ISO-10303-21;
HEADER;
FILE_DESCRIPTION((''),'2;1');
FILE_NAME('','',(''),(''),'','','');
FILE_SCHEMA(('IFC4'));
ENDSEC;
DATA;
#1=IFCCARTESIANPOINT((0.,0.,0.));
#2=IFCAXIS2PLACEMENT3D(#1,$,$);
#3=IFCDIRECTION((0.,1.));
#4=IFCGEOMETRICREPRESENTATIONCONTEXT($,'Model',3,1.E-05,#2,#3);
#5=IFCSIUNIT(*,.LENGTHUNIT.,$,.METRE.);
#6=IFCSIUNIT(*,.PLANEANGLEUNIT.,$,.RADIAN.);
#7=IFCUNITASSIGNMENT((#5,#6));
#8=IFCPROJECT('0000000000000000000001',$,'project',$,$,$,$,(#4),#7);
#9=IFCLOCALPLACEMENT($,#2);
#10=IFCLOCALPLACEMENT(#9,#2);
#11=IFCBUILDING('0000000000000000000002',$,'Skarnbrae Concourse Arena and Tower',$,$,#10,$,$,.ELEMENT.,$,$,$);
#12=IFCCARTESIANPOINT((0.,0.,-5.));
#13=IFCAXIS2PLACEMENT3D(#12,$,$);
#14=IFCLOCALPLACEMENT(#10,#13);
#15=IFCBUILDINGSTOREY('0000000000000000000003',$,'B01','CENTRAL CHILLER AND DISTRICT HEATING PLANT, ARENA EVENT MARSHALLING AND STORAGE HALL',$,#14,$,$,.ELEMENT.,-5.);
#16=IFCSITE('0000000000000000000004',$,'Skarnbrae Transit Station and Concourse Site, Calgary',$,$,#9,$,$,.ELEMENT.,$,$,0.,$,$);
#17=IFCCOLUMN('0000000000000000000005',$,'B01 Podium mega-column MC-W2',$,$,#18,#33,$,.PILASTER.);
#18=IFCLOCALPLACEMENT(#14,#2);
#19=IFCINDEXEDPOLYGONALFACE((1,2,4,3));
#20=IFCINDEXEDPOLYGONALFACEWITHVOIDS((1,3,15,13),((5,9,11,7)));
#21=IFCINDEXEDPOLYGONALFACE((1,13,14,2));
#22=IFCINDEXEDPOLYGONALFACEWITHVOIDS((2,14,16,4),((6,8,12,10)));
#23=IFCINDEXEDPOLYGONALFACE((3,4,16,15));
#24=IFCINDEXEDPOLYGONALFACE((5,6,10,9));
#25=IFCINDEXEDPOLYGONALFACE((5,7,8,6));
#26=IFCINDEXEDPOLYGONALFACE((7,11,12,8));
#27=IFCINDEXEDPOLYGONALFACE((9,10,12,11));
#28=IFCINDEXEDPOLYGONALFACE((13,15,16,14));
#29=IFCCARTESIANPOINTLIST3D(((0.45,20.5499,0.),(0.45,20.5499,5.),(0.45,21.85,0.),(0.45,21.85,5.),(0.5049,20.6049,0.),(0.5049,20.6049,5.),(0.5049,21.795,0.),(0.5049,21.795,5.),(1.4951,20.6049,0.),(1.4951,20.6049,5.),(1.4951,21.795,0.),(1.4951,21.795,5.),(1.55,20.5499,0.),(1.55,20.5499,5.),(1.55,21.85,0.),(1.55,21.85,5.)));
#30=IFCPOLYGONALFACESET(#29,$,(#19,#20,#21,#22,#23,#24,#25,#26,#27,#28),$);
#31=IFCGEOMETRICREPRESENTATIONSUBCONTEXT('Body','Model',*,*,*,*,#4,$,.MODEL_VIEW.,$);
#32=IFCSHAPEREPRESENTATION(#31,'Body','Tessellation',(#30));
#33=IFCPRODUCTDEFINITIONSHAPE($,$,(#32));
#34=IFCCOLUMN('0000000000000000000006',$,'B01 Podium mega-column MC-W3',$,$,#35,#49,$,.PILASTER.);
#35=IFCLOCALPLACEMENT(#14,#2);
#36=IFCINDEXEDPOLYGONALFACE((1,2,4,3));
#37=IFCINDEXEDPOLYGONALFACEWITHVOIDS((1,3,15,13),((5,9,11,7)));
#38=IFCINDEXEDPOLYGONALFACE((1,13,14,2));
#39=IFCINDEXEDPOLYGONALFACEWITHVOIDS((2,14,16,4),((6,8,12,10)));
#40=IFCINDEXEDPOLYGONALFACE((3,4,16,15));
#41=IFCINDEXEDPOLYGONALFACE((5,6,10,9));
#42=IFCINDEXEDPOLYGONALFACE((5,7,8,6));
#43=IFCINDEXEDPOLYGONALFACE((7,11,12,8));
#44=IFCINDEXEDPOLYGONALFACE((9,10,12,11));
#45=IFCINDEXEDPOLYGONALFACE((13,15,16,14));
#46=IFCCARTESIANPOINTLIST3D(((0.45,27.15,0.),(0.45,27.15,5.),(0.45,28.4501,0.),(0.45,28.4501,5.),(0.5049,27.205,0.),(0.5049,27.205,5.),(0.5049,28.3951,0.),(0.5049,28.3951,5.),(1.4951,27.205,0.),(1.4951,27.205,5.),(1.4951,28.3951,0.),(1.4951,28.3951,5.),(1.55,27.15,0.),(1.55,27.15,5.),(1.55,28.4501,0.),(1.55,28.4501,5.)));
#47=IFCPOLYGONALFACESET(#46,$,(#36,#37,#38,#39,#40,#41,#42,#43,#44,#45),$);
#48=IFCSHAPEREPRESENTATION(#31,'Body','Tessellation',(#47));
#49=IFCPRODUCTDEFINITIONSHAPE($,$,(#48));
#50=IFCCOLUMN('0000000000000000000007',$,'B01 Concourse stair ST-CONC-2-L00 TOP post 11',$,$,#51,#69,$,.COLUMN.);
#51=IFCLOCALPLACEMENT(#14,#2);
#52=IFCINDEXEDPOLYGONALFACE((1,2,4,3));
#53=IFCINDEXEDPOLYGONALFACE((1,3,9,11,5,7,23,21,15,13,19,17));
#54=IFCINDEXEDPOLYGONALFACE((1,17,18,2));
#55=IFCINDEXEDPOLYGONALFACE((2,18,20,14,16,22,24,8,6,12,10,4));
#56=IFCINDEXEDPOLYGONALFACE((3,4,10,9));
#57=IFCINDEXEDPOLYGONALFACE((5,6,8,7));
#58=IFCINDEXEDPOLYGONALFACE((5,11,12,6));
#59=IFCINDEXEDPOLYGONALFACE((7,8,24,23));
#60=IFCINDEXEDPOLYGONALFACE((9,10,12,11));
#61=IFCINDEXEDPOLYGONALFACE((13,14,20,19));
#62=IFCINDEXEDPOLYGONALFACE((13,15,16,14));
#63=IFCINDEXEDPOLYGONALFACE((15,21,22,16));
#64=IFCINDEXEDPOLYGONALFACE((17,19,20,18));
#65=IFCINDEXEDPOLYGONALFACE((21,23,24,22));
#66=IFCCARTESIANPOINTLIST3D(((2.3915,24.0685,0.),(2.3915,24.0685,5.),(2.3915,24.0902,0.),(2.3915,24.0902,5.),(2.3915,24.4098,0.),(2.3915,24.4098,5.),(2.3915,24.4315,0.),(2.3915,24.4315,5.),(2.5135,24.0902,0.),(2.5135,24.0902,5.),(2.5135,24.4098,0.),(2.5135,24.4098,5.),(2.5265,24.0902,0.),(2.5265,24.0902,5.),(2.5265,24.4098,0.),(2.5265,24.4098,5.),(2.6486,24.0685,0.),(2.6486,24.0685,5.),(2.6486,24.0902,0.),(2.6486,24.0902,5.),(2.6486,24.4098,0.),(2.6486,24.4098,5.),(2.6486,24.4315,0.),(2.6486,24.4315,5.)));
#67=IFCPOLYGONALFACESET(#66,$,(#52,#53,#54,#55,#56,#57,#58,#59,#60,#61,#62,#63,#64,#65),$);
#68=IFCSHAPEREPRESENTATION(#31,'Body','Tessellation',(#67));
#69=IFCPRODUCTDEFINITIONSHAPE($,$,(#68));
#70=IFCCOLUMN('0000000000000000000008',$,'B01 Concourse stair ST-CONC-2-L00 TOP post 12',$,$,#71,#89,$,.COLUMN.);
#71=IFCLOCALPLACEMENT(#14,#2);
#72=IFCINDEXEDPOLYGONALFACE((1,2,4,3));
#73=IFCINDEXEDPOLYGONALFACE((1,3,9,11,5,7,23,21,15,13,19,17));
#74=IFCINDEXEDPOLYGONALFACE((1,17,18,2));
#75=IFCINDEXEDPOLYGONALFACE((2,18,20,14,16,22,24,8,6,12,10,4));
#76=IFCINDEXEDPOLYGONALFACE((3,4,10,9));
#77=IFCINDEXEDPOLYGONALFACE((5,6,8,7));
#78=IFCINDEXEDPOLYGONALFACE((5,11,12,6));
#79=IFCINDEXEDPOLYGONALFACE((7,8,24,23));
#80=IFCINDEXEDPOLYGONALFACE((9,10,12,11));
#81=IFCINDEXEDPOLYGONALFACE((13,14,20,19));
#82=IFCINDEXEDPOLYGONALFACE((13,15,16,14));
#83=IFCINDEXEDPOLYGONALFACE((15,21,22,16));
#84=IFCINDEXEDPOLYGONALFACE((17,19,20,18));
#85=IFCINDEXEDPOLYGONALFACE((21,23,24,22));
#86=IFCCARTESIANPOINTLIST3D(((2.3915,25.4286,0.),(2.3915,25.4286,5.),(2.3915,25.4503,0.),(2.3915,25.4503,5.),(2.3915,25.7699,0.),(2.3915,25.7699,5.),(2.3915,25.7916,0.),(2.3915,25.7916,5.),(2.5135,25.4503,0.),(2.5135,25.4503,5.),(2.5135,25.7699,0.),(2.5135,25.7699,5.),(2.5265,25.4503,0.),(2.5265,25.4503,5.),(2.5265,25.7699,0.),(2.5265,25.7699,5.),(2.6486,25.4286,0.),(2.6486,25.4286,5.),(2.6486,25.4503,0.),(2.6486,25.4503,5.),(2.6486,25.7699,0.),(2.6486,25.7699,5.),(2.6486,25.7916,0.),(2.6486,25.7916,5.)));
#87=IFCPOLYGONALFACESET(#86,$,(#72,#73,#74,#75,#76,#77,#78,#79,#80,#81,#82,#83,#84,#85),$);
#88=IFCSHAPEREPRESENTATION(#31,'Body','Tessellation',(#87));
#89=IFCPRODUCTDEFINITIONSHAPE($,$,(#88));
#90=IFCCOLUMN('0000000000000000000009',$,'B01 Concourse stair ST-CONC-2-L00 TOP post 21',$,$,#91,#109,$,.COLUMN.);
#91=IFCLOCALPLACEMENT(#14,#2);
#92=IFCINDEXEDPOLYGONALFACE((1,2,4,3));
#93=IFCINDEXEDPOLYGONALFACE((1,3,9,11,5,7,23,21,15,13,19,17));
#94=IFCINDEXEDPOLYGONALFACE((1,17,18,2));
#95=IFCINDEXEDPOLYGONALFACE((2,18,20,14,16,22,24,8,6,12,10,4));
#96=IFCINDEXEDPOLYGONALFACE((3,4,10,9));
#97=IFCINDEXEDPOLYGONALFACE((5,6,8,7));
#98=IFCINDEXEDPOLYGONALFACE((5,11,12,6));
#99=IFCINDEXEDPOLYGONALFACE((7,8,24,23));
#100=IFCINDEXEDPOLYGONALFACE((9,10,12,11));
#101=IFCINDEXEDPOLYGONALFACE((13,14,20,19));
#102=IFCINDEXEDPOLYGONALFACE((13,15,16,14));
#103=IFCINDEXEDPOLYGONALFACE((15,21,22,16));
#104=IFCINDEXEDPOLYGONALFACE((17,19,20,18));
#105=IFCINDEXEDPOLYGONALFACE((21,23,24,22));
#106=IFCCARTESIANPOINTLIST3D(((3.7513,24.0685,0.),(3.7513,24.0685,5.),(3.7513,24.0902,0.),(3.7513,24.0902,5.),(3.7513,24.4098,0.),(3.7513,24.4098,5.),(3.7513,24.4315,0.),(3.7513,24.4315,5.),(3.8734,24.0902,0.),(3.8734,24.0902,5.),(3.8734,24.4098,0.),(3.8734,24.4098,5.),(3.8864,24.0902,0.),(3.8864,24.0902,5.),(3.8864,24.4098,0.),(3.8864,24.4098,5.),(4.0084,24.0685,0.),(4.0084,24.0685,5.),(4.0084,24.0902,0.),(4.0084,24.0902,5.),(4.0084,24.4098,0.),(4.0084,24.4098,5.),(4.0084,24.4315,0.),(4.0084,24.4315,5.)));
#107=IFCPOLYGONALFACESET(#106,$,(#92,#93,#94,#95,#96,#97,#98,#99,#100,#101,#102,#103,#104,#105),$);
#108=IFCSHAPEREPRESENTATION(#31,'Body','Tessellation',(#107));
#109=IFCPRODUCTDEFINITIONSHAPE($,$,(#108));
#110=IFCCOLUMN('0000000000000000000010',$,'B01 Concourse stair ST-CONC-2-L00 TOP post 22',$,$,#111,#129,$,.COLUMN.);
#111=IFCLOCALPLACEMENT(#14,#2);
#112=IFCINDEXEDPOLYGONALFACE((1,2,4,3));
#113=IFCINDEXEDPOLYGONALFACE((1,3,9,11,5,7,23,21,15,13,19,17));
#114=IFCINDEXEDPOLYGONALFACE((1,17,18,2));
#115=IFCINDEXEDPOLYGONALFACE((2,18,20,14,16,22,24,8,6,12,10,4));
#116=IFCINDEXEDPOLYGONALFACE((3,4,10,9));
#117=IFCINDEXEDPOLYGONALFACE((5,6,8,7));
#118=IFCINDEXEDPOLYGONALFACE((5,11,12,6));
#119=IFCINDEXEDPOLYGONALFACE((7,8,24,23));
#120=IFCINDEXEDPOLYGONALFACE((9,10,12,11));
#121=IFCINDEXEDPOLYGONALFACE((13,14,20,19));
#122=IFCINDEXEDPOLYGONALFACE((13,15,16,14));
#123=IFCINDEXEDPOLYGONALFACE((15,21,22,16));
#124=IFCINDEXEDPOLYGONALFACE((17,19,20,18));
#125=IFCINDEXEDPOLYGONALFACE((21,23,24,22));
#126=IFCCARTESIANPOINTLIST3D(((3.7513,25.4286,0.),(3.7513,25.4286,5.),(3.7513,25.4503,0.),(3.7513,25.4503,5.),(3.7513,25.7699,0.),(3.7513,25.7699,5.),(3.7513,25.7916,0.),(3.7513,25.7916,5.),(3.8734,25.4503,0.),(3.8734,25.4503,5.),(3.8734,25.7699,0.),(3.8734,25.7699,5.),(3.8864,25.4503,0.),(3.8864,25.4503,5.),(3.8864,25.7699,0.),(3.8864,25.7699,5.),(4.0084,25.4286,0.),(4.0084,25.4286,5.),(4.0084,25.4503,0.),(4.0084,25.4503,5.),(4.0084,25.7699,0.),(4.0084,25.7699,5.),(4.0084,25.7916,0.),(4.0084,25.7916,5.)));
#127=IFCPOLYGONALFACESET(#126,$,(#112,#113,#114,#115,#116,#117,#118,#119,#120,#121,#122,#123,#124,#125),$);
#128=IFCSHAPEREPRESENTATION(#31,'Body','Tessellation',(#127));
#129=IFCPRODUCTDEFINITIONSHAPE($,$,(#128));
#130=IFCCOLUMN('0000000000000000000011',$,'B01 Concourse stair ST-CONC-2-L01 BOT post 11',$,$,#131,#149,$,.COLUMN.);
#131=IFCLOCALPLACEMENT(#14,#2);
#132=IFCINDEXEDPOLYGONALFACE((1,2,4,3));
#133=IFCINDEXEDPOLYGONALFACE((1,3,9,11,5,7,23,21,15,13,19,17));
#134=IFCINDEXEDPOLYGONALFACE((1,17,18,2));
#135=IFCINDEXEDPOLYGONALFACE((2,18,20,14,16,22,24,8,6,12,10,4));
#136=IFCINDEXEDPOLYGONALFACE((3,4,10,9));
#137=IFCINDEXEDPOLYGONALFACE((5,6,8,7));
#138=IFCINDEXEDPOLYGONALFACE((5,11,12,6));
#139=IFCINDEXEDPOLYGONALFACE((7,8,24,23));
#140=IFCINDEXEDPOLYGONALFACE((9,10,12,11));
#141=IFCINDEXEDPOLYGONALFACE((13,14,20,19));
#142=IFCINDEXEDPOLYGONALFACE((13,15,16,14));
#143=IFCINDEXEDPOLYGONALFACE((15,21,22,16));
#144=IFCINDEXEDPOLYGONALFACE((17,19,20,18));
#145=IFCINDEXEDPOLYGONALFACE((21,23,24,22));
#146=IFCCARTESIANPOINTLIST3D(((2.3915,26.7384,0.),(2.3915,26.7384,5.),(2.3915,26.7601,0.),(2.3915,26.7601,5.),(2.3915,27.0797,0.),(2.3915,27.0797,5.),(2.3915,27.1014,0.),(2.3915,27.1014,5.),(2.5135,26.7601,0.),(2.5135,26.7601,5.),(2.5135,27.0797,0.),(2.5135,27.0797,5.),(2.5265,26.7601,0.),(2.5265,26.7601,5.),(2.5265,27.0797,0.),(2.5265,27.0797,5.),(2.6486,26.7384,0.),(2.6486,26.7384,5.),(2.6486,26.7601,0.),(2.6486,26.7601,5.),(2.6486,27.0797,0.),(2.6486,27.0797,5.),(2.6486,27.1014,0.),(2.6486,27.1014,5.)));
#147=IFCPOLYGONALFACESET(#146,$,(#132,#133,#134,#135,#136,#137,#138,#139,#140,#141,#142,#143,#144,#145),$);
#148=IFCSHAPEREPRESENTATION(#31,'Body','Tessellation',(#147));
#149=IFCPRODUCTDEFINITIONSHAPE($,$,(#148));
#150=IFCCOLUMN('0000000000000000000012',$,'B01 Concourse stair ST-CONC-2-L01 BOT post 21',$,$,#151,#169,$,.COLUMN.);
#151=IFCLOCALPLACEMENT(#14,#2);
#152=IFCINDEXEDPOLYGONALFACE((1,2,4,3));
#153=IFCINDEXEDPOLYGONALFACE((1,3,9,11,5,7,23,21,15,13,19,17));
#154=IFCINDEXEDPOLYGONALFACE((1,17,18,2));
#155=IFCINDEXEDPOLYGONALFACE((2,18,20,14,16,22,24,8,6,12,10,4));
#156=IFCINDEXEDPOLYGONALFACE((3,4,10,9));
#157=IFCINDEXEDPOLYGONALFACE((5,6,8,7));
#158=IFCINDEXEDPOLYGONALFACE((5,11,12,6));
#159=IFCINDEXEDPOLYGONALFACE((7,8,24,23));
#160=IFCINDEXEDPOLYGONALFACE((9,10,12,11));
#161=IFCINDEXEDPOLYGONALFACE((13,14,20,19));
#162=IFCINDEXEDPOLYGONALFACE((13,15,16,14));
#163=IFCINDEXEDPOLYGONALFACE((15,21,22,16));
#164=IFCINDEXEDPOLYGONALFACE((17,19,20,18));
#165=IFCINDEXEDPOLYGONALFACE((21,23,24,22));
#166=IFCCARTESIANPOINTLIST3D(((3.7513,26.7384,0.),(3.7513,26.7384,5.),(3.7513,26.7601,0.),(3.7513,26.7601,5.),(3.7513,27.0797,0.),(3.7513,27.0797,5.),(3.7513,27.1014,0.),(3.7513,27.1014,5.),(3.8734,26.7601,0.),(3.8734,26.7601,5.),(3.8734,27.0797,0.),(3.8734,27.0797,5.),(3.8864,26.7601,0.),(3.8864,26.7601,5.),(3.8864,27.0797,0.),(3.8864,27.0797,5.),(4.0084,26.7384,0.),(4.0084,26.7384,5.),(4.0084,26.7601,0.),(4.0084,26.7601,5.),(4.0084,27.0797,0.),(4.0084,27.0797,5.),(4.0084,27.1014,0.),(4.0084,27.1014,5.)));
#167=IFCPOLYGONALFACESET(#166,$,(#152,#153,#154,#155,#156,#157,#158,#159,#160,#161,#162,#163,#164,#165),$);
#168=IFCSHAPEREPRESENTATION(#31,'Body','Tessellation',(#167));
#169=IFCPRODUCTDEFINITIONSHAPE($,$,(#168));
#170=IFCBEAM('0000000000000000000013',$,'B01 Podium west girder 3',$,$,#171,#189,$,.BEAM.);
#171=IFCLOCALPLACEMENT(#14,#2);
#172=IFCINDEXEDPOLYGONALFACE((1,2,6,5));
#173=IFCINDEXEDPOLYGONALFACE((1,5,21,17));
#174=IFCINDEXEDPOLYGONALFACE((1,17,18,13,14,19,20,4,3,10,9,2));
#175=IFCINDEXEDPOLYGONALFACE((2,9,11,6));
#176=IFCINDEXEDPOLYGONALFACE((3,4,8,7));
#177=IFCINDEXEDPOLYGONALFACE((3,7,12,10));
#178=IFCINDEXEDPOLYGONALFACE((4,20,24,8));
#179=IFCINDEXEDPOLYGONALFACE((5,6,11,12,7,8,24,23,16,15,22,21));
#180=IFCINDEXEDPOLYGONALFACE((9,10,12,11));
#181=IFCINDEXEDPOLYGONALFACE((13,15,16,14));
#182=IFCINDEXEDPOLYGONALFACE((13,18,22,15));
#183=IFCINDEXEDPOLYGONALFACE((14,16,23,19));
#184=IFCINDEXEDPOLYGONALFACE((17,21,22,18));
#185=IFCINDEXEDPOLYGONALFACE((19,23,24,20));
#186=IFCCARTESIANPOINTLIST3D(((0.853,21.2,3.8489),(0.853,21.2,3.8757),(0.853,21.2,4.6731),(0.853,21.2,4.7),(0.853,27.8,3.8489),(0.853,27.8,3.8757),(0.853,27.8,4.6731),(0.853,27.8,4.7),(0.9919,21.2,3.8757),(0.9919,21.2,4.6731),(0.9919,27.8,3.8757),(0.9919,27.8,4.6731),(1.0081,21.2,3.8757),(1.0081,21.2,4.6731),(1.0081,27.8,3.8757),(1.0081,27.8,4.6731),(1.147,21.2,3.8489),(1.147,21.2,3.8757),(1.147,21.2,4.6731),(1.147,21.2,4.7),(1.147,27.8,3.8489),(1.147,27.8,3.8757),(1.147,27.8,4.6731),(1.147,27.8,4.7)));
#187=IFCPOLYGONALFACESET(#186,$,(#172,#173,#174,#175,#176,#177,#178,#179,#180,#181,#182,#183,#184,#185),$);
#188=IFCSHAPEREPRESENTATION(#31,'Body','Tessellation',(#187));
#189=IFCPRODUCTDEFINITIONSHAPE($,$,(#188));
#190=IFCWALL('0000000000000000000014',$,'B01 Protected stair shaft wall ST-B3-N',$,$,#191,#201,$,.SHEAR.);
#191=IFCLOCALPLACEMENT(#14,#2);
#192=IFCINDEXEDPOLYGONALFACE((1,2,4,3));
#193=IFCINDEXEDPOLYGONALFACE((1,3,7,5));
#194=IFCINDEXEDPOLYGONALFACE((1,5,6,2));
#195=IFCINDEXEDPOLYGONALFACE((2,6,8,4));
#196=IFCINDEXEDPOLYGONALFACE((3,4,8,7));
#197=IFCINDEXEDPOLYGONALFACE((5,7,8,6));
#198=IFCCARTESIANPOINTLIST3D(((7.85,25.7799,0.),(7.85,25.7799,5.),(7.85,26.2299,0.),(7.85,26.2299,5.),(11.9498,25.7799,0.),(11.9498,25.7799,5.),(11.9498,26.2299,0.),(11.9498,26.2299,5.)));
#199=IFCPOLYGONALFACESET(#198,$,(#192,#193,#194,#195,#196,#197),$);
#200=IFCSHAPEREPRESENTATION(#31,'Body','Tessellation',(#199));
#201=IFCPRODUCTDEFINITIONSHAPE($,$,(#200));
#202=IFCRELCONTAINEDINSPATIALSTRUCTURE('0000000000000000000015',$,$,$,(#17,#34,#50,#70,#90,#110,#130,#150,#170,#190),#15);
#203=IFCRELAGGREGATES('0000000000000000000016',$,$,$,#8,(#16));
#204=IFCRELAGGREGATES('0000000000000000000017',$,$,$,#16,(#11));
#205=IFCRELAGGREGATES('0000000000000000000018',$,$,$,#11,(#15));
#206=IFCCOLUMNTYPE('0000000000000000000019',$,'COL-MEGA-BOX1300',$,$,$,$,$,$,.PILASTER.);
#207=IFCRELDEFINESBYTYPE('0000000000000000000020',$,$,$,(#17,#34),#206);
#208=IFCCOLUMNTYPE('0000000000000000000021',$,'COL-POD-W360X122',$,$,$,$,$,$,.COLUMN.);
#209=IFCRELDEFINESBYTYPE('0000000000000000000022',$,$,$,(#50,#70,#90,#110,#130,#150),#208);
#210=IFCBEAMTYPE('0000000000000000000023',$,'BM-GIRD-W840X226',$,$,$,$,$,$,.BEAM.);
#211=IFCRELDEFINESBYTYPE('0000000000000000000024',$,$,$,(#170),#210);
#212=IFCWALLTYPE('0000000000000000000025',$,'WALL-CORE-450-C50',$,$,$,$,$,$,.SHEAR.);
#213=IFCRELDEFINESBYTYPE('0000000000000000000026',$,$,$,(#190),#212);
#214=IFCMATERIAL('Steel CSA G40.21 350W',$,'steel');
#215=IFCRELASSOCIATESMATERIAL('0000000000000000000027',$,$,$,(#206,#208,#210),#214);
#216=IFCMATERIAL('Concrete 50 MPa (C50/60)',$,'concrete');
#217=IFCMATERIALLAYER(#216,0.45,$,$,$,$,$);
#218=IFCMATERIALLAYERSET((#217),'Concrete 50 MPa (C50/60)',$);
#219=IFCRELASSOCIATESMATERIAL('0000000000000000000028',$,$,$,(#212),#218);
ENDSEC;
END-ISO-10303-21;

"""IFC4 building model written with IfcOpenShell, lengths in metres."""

from ifc_helpers import new_model, si_unit, direction, frame, frame_2d, origin, origin_2d, place, context, subcontext, project, spatial, rectangle, hollow_rectangle, i_section, extrude, source, transform, mapped, material, layer, layer_set, material_profile, profile_set, type_object, element, save


model = new_model("IFC4")

# Units and contexts
model_context = context("Model", 3, precision=1e-05, world=origin(), true_north=direction((0.0, 1.0)))
body_context = subcontext(model_context, "Body", "Model", "MODEL_VIEW")
ifc_project = project(units=[si_unit("LENGTHUNIT", "METRE"), si_unit("PLANEANGLEUNIT", "RADIAN")], contexts=[model_context])

# Site, building, storey
site_placement = place(None, origin())
site = spatial("IfcSite", under=ifc_project, at=site_placement, Name="Skarnbrae Transit Station and Concourse Site, Calgary", CompositionType="ELEMENT", RefElevation=0.0)
building_placement = place(site_placement, origin())
building = spatial("IfcBuilding", under=site, at=building_placement, Name="Skarnbrae Concourse Arena and Tower", CompositionType="ELEMENT")
storey_placement = place(building_placement, frame((0.0, 0.0, -5.0)))
storey = spatial("IfcBuildingStorey", under=building, at=storey_placement, Name="B01", Description="CENTRAL CHILLER AND DISTRICT HEATING PLANT, ARENA EVENT MARSHALLING AND STORAGE HALL", CompositionType="ELEMENT", Elevation=-5.0)

# Columns
ifc_material_1 = material(Name="Steel CSA G40.21 350W", Category="steel")
ifc_material_profile_1 = material_profile(ifc_material_1, hollow_rectangle(XDim=1.1001, YDim=1.3, WallThickness=0.0549, at=origin_2d()), Name="BOX1300X1100X55")
ifc_profile_set_1 = profile_set([ifc_material_profile_1], Name="Steel CSA G40.21 350W")
column_type_1 = type_object("IfcColumnType", Name="COL-MEGA-BOX1300", PredefinedType="PILASTER", material=ifc_profile_set_1)
shared_shape_1 = source(origin(), body_context, "Body", "SweptSolid", [
    extrude(hollow_rectangle(XDim=1.1001, YDim=1.3, WallThickness=0.0549, at=origin_2d()), origin(), (0.0, 0.0, 1.0), 5.0),
])
for number, where, z_axis, x_axis, name in (
    (1, (1.0, 21.2, 0.0), (0.0, 0.0, 1.0), (1.0, 0.0, 0.0), "B01 Podium mega-column MC-W2"),
    (2, (1.0, 27.8, 0.0), (0.0, 0.0, 1.0), (1.0, 0.0, 0.0), "B01 Podium mega-column MC-W3"),
):
    element("IfcColumn", number, at=place(storey_placement, frame(where, z_axis=z_axis, x_axis=x_axis)), inside=storey, type_object=column_type_1, Name=name, PredefinedType="PILASTER", context=body_context, shape_type="MappedRepresentation", body=[
        mapped(shared_shape_1, transform((0.0, 0.0, 0.0))),
    ])
ifc_material_profile_2 = material_profile(ifc_material_1, i_section(OverallWidth=0.2571, OverallDepth=0.363, WebThickness=0.0129, FlangeThickness=0.0217, at=origin_2d()), Name="W360X122")
ifc_profile_set_2 = profile_set([ifc_material_profile_2], Name="Steel CSA G40.21 350W")
column_type_2 = type_object("IfcColumnType", Name="COL-POD-W360X122", PredefinedType="COLUMN", material=ifc_profile_set_2)
shared_shape_2 = source(origin(), body_context, "Body", "SweptSolid", [
    extrude(i_section(OverallWidth=0.2571, OverallDepth=0.363, WebThickness=0.0129, FlangeThickness=0.0217, at=origin_2d()), origin(), (0.0, 0.0, 1.0), 5.0),
])
for number, where, z_axis, x_axis, name in (
    (3, (2.52, 24.25, 0.0), (0.0, 0.0, 1.0), (1.0, 0.0, 0.0), "B01 Concourse stair ST-CONC-2-L00 TOP post 11"),
    (4, (2.52, 25.6101, 0.0), (0.0, 0.0, 1.0), (1.0, 0.0, 0.0), "B01 Concourse stair ST-CONC-2-L00 TOP post 12"),
    (5, (3.8799, 24.25, 0.0), (0.0, 0.0, 1.0), (1.0, 0.0, 0.0), "B01 Concourse stair ST-CONC-2-L00 TOP post 21"),
    (6, (3.8799, 25.6101, 0.0), (0.0, 0.0, 1.0), (1.0, 0.0, 0.0), "B01 Concourse stair ST-CONC-2-L00 TOP post 22"),
    (7, (2.52, 26.9199, 0.0), (0.0, 0.0, 1.0), (1.0, 0.0, 0.0), "B01 Concourse stair ST-CONC-2-L01 BOT post 11"),
    (8, (3.8799, 26.9199, 0.0), (0.0, 0.0, 1.0), (1.0, 0.0, 0.0), "B01 Concourse stair ST-CONC-2-L01 BOT post 21"),
):
    element("IfcColumn", number, at=place(storey_placement, frame(where, z_axis=z_axis, x_axis=x_axis)), inside=storey, type_object=column_type_2, Name=name, PredefinedType="COLUMN", context=body_context, shape_type="MappedRepresentation", body=[
        mapped(shared_shape_2, transform((0.0, 0.0, 0.0))),
    ])

# Beam
ifc_material_profile_3 = material_profile(ifc_material_1, i_section(OverallWidth=0.2939, OverallDepth=0.8511, WebThickness=0.0161, FlangeThickness=0.0269, at=origin_2d()), Name="W840X226")
ifc_profile_set_3 = profile_set([ifc_material_profile_3], Name="Steel CSA G40.21 350W")
beam_type = type_object("IfcBeamType", Name="BM-GIRD-W840X226", PredefinedType="BEAM", material=ifc_profile_set_3)
shared_shape_3 = source(origin(), body_context, "Body", "SweptSolid", [
    extrude(i_section(OverallWidth=0.2939, OverallDepth=0.8511, WebThickness=0.0161, FlangeThickness=0.0269, at=origin_2d()), origin(), (0.0, 0.0, 1.0), 6.6001),
])
beam_placement = place(storey_placement, frame((1.0, 21.2, 4.2744), z_axis=(0.0, 1.0, 0.0), x_axis=(-1.0, 0.0, 0.0)))
element("IfcBeam", 9, at=beam_placement, inside=storey, type_object=beam_type, Name="B01 Podium west girder 3", PredefinedType="BEAM", context=body_context, shape_type="MappedRepresentation", body=[
    mapped(shared_shape_3, transform((0.0, 0.0, 0.0))),
])

# Shared definitions
ifc_material_2 = material(Name="Concrete 50 MPa (C50/60)", Category="concrete")
ifc_layer = layer(ifc_material_2, 0.45)
ifc_layer_set = layer_set([ifc_layer], Name="Concrete 50 MPa (C50/60)")
wall_type = type_object("IfcWallType", Name="WALL-CORE-450-C50", PredefinedType="SHEAR", material=ifc_layer_set)
shared_shape_4 = source(origin(), body_context, "Body", "SweptSolid", [
    extrude(rectangle(XDim=4.0999, YDim=0.45, at=frame_2d((2.0498, 0.0))), origin(), (0.0, 0.0, 1.0), 5.0),
])

# Wall
wall_1_placement = place(storey_placement, frame((7.8501, 26.0049, 0.0), z_axis=(0.0, 0.0, 1.0), x_axis=(1.0, 0.0, 0.0)))
element("IfcWall", 10, at=wall_1_placement, inside=storey, type_object=wall_type, Name="B01 Protected stair shaft wall ST-B3-N", PredefinedType="SHEAR", context=body_context, shape_type="MappedRepresentation", body=[
    mapped(shared_shape_4, transform((0.0, 0.0, 0.0))),
])

save(model, "model.ifc")
